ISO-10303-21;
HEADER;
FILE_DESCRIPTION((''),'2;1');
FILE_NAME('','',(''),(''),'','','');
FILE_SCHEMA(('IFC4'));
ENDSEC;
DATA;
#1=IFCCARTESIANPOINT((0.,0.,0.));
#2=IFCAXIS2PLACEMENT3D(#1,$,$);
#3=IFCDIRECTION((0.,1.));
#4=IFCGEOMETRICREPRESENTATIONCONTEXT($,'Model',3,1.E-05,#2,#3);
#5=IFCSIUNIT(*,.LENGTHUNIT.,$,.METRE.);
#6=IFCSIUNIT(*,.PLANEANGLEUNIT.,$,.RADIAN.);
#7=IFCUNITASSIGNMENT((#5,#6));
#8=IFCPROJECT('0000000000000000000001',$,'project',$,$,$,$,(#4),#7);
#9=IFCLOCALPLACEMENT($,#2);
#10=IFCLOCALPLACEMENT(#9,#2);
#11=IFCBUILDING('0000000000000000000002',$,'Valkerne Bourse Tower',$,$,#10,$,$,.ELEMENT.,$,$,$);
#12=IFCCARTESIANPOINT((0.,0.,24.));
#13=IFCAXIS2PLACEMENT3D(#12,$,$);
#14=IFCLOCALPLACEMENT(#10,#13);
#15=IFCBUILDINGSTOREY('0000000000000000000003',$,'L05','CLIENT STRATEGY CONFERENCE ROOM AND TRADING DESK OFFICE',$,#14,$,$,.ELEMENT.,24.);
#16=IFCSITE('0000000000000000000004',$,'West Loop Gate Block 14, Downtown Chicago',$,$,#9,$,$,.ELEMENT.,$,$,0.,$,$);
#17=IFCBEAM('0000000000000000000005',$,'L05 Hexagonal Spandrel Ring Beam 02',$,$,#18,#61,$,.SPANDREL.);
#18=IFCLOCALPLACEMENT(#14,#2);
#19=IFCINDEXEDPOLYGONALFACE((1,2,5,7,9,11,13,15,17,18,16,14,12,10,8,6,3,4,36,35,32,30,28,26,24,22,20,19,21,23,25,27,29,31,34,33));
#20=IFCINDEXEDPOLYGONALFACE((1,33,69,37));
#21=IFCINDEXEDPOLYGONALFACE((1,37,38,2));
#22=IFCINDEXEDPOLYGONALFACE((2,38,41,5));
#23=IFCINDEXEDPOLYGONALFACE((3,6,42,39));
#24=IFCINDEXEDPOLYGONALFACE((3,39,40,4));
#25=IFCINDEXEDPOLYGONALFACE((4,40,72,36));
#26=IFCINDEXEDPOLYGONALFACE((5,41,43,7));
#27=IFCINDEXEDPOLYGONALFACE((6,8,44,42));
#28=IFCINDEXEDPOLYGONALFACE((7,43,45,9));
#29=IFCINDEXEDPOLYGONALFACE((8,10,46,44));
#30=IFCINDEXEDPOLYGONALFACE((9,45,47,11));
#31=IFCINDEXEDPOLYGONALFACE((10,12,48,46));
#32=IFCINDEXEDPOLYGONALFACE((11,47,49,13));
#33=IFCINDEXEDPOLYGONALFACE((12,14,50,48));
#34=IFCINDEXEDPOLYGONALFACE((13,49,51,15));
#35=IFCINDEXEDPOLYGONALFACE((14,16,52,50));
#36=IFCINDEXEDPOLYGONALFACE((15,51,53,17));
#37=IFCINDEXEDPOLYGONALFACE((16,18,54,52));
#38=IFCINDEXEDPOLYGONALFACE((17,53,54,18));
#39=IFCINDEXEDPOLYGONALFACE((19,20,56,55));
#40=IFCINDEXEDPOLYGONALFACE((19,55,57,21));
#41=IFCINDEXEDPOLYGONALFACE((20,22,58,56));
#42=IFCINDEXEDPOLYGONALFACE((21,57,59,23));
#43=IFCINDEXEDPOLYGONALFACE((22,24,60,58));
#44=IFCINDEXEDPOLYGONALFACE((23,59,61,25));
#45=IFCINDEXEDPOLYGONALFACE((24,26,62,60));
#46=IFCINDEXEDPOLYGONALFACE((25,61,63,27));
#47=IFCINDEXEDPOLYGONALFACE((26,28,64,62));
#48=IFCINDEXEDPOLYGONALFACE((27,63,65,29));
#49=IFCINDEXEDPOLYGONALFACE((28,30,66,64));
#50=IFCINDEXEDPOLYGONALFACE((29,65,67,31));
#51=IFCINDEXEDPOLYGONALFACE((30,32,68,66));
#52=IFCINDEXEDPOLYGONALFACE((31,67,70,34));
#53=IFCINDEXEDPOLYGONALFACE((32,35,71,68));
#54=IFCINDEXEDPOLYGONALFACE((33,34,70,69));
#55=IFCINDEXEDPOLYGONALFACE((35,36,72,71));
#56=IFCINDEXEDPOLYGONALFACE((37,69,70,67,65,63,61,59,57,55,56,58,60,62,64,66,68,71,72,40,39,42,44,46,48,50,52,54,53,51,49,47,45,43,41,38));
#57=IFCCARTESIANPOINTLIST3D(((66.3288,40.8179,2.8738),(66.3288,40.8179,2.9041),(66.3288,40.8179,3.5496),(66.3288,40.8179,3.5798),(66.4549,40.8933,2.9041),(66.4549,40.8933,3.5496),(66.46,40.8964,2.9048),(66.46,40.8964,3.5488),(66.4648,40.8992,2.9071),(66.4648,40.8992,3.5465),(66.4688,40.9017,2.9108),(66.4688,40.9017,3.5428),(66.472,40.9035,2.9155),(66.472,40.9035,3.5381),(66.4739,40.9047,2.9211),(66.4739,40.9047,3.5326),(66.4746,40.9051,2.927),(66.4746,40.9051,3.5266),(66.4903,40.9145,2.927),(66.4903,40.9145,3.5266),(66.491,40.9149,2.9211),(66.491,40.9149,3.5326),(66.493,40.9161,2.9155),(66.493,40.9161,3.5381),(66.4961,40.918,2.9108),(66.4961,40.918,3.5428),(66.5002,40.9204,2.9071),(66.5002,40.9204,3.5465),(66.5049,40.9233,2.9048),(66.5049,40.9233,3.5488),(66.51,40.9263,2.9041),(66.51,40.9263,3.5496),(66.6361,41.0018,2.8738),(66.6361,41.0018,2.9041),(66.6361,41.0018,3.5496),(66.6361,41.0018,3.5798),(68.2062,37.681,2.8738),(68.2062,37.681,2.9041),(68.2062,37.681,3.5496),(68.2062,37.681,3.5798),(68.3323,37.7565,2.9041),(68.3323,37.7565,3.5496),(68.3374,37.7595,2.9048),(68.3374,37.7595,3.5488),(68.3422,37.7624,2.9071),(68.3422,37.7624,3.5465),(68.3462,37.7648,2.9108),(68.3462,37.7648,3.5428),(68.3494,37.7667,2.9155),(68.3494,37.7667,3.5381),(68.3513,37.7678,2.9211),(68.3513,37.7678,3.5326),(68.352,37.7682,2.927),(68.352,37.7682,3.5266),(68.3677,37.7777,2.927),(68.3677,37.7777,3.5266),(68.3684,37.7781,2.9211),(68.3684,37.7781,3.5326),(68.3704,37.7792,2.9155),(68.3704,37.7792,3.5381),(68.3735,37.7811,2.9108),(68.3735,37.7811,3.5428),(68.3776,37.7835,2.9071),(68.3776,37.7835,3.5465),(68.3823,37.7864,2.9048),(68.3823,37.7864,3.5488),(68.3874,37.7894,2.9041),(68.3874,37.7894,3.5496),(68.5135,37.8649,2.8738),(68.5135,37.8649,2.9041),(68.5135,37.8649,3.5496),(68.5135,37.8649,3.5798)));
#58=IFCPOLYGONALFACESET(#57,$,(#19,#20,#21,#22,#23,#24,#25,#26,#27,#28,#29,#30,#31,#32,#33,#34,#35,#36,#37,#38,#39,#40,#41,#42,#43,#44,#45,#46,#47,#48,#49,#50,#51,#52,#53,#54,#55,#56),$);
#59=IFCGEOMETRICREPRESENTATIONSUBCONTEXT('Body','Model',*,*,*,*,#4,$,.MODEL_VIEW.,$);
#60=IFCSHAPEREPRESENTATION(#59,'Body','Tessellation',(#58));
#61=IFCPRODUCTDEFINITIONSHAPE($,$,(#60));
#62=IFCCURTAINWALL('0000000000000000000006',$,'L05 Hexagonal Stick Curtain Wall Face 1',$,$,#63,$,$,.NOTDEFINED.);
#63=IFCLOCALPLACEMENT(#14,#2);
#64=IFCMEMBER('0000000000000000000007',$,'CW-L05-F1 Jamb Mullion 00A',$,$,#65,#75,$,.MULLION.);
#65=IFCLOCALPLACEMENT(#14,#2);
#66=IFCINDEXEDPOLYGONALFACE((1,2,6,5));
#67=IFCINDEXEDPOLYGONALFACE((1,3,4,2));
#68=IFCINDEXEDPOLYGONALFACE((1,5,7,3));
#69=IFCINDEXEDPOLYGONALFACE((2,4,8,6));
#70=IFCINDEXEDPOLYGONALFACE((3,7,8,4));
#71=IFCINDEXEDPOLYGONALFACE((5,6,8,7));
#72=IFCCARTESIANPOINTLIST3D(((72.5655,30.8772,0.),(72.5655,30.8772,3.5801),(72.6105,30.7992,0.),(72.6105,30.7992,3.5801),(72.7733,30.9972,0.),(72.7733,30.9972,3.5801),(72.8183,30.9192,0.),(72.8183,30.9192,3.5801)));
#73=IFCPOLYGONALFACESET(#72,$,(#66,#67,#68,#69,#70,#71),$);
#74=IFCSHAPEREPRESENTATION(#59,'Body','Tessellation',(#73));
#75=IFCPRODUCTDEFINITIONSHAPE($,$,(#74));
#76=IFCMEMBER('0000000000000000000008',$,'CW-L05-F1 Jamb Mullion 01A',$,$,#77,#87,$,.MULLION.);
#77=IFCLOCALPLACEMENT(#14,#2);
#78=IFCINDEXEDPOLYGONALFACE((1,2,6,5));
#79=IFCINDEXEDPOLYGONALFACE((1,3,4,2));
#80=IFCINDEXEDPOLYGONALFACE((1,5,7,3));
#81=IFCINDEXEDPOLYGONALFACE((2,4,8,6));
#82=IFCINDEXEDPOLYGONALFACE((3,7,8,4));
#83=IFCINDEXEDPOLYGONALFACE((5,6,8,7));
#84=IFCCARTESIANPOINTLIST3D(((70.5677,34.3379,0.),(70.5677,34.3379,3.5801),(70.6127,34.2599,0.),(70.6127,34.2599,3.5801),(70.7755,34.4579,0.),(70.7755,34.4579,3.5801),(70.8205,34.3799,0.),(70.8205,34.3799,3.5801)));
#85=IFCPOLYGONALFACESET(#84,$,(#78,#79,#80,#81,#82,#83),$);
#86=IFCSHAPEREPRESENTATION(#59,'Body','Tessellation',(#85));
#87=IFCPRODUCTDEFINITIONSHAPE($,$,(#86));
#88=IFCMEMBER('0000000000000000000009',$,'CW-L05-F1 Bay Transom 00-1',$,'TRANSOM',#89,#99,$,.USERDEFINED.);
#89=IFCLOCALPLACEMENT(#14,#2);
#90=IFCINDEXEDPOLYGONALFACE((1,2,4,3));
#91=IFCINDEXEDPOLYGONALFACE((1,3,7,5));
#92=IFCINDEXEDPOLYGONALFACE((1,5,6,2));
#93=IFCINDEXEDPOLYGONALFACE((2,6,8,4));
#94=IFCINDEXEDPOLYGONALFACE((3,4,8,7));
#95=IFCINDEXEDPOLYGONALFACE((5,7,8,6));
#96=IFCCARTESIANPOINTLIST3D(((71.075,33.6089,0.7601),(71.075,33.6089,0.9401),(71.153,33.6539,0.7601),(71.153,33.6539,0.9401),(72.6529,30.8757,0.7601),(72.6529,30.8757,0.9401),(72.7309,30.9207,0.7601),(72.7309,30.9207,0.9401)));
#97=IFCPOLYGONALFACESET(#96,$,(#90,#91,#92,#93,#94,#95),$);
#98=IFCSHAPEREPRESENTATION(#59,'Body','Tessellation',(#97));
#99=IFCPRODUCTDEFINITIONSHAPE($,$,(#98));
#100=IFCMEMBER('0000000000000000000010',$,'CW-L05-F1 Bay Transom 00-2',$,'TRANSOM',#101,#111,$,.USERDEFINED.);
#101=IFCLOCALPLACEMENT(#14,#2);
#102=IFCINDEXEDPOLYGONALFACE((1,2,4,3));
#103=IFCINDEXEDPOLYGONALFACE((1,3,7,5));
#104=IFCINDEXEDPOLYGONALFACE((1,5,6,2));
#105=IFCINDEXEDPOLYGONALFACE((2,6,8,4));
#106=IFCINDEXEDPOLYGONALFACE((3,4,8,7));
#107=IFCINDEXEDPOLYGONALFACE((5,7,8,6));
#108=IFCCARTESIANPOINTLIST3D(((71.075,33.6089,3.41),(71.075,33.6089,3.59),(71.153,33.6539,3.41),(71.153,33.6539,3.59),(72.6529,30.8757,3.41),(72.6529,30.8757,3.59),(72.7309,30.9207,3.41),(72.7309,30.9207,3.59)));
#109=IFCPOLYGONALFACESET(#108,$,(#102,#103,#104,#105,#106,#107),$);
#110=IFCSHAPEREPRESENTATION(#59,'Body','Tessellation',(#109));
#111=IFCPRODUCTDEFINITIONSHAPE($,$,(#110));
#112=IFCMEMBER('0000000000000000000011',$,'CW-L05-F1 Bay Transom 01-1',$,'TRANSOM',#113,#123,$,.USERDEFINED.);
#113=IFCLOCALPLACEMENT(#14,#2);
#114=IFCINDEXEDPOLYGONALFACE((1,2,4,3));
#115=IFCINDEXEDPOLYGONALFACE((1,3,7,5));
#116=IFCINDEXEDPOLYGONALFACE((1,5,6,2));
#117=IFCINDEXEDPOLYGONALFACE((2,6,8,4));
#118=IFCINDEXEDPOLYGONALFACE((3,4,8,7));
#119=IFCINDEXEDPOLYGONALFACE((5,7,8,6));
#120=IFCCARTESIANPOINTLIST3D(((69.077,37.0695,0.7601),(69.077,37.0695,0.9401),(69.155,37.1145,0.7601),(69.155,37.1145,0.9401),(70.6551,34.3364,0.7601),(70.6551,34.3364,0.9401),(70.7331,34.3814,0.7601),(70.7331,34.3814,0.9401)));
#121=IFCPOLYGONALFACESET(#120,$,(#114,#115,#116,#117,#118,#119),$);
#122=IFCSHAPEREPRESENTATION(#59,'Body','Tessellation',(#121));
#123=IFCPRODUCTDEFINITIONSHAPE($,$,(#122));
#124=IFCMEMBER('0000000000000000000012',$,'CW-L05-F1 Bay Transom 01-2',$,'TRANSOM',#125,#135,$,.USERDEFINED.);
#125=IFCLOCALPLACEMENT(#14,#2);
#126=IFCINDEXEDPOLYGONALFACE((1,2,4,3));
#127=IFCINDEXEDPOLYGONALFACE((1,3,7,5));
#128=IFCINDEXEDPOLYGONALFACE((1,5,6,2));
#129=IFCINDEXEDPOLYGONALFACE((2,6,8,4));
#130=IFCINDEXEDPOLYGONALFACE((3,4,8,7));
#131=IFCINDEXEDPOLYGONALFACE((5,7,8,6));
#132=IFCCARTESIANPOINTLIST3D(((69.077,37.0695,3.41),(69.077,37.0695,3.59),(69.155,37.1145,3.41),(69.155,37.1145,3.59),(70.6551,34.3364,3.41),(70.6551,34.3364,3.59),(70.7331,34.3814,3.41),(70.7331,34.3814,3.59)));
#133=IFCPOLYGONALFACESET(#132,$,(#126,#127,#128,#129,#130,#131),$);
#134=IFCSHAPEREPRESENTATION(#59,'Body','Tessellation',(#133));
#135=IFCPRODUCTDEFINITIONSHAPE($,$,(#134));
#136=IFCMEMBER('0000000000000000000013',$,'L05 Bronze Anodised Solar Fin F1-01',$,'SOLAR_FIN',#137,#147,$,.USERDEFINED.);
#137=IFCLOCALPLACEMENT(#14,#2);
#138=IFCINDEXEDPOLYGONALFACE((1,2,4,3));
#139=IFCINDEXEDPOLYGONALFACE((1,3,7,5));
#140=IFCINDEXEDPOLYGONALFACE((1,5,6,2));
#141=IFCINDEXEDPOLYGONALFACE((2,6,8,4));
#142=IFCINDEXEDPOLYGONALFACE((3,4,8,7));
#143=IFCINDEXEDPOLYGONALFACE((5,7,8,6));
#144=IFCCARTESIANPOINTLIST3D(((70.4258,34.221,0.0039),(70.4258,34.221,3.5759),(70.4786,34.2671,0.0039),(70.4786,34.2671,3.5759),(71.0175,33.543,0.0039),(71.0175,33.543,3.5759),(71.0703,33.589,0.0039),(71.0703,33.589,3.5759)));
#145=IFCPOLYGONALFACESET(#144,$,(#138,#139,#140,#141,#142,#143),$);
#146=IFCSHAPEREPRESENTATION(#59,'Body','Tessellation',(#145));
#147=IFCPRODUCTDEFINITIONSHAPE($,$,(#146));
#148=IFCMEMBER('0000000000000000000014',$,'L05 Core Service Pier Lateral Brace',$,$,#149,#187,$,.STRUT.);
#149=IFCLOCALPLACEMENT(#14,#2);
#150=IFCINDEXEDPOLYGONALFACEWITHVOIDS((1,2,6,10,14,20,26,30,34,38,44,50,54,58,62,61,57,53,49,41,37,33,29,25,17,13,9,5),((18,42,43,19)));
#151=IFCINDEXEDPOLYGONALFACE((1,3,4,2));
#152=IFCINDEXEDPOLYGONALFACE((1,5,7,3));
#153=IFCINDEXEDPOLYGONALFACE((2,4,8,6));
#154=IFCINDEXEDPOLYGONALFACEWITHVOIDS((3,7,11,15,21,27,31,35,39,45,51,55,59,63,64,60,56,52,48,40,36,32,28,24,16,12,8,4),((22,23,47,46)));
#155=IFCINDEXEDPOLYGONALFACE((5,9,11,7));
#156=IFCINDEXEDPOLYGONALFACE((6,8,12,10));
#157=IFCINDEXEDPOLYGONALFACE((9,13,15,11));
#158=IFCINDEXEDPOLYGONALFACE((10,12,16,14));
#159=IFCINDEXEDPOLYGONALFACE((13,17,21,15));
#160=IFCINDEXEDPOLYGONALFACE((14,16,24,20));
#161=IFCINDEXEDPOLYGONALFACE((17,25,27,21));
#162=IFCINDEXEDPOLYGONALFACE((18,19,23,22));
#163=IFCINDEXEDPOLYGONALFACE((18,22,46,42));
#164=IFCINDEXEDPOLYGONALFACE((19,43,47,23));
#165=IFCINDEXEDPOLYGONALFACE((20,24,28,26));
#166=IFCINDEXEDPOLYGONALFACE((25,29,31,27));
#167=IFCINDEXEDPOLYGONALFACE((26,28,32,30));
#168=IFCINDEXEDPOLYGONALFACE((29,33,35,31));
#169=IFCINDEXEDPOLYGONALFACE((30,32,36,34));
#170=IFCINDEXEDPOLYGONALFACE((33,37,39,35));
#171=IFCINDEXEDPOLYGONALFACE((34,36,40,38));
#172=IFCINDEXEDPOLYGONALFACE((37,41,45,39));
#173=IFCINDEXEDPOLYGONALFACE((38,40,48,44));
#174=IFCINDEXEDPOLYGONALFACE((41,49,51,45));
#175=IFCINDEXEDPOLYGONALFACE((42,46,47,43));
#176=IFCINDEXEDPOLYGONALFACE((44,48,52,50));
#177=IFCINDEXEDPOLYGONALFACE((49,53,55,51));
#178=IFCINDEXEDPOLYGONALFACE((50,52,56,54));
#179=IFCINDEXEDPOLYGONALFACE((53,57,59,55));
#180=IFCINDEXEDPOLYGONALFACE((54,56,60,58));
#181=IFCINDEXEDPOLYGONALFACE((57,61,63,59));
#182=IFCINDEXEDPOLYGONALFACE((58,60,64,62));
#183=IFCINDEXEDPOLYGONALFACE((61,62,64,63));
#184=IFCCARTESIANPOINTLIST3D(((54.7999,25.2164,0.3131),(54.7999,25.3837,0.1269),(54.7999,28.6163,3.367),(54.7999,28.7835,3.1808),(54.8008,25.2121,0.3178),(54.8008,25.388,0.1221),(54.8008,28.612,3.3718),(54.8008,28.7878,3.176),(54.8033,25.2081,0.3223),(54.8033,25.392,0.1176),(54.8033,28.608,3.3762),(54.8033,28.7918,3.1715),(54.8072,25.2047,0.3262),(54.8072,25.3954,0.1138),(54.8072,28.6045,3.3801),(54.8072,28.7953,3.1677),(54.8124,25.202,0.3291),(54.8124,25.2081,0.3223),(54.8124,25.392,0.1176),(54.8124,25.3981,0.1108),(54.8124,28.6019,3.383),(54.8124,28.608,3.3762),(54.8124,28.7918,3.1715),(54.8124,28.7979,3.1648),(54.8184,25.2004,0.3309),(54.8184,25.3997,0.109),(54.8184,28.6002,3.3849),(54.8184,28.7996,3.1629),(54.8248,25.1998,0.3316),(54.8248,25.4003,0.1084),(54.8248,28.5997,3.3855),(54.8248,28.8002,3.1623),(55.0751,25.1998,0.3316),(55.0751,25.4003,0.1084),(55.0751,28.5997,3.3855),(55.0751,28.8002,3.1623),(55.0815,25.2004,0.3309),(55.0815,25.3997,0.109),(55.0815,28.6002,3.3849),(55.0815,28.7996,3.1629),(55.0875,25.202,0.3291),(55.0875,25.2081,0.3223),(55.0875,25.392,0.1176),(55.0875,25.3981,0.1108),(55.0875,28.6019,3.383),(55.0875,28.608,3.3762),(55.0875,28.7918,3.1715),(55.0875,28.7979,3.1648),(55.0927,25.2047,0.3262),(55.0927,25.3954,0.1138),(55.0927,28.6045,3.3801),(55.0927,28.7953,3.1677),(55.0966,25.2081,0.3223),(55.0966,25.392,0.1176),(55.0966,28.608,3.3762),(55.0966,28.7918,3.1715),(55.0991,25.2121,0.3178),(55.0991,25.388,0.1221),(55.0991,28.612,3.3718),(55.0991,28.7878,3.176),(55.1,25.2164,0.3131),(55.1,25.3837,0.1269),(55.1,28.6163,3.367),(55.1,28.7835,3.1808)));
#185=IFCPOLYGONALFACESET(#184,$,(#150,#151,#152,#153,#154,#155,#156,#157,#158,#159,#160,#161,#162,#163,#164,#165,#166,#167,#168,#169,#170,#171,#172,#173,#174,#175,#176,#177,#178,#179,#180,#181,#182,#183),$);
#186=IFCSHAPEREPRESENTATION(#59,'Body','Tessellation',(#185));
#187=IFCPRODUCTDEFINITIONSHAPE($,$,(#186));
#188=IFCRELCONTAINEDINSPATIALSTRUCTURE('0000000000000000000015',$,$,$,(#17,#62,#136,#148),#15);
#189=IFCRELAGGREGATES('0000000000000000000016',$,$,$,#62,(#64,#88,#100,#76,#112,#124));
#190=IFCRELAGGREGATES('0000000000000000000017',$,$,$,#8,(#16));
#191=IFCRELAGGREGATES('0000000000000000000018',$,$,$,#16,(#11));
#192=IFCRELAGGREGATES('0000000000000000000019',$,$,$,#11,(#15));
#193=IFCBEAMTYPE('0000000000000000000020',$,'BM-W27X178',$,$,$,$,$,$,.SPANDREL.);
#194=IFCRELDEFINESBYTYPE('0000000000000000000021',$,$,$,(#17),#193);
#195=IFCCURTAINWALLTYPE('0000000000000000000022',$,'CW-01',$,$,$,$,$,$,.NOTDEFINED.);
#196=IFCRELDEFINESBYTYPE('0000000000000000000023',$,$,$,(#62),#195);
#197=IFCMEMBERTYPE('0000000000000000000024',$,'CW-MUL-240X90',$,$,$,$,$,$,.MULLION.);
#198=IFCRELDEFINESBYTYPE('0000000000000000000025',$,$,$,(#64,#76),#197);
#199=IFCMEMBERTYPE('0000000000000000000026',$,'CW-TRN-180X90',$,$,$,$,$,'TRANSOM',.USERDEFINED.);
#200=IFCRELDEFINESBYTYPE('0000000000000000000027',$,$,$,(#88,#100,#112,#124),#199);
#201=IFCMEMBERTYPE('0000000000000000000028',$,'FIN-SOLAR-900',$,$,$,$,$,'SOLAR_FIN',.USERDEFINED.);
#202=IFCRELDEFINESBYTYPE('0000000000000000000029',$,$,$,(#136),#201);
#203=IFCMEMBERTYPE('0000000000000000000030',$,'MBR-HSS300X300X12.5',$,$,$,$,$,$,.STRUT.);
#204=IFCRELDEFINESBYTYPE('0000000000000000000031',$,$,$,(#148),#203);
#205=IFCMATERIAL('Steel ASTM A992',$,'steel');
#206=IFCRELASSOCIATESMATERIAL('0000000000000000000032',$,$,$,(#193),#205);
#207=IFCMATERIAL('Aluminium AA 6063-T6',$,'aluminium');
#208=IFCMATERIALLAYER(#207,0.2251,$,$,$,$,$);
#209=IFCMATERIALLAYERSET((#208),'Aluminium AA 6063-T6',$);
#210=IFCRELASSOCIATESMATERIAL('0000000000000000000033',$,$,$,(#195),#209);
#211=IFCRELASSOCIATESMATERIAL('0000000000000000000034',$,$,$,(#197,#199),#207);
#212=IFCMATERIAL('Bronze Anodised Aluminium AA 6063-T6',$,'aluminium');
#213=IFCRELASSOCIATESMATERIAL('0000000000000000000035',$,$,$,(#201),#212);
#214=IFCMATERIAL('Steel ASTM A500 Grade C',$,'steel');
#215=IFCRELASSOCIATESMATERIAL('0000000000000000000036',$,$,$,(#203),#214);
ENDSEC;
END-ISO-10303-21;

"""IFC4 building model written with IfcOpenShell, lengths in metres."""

from ifc_helpers import new_model, si_unit, direction, frame, origin, origin_2d, place, context, subcontext, project, spatial, rectangle, hollow_rectangle, i_section, extrude, material, layer, layer_set, material_profile, profile_set, type_object, element, aggregate, save


model = new_model("IFC4")

# Units and contexts
model_context = context("Model", 3, precision=1e-05, world=origin(), true_north=direction((0.0, 1.0)))
body_context = subcontext(model_context, "Body", "Model", "MODEL_VIEW")
ifc_project = project(units=[si_unit("LENGTHUNIT", "METRE"), si_unit("PLANEANGLEUNIT", "RADIAN")], contexts=[model_context])

# Site, building, storey
site_placement = place(None, origin())
site = spatial("IfcSite", under=ifc_project, at=site_placement, Name="West Loop Gate Block 14, Downtown Chicago", CompositionType="ELEMENT", RefElevation=0.0)
building_placement = place(site_placement, origin())
building = spatial("IfcBuilding", under=site, at=building_placement, Name="Valkerne Bourse Tower", CompositionType="ELEMENT")
storey_placement = place(building_placement, frame((0.0, 0.0, 24.0)))
storey = spatial("IfcBuildingStorey", under=building, at=storey_placement, Name="L05", Description="CLIENT STRATEGY CONFERENCE ROOM AND TRADING DESK OFFICE", CompositionType="ELEMENT", Elevation=24.0)

# Beam
ifc_material_1 = material(Name="Steel ASTM A992", Category="steel")
ifc_material_profile_1 = material_profile(ifc_material_1, i_section(OverallWidth=0.3582, OverallDepth=0.7061, WebThickness=0.0183, FlangeThickness=0.0303, FilletRadius=0.0229, at=origin_2d()), Name="W27X178")
ifc_profile_set_1 = profile_set([ifc_material_profile_1], Name="Steel ASTM A992")
beam_type_1 = type_object("IfcBeamType", Name="BM-W27X178", PredefinedType="SPANDREL", material=ifc_profile_set_1)
beam_1_placement = place(storey_placement, frame((68.3599, 37.7729, 3.2268), z_axis=(-0.513543, 0.858064, 0.0), x_axis=(-0.858064, -0.513543, 0.0)))
element("IfcBeam", 1, at=beam_1_placement, inside=storey, type_object=beam_type_1, Name="L05 Hexagonal Spandrel Ring Beam 02", PredefinedType="SPANDREL", context=body_context, shape_type="SweptSolid", body=[
    extrude(i_section(OverallWidth=0.3582, OverallDepth=0.7061, WebThickness=0.0183, FlangeThickness=0.0303, FilletRadius=0.0229, at=origin_2d()), origin(), (0.0, 0.0, 1.0), 3.6558),
])

# Curtain wall, members
ifc_material_2 = material(Name="Aluminium AA 6063-T6", Category="aluminium")
ifc_layer_1 = layer(ifc_material_2, 0.2251)
ifc_layer_set_1 = layer_set([ifc_layer_1], Name="Aluminium AA 6063-T6")
curtain_wall_type = type_object("IfcCurtainWallType", Name="CW-01", PredefinedType="NOTDEFINED", material=ifc_layer_set_1)
curtain_wall_placement = place(storey_placement, origin())
curtain_wall = element("IfcCurtainWall", 2, at=curtain_wall_placement, inside=storey, type_object=curtain_wall_type, Name="L05 Hexagonal Stick Curtain Wall Face 1", PredefinedType="NOTDEFINED")
ifc_material_profile_2 = material_profile(ifc_material_2, rectangle(XDim=0.0901, YDim=0.24, at=origin_2d()), Name="CWM-90X240")
ifc_profile_set_2 = profile_set([ifc_material_profile_2], Name="Aluminium AA 6063-T6")
member_type_1 = type_object("IfcMemberType", Name="CW-MUL-240X90", PredefinedType="MULLION", material=ifc_profile_set_2)
member_1_placement = place(storey_placement, frame((72.6919, 30.8982, 0.0), z_axis=(0.0, 0.0, 1.0), x_axis=(-0.500004, 0.866023, 0.0)))
member_1 = element("IfcMember", 3, at=member_1_placement, type_object=member_type_1, Name="CW-L05-F1 Jamb Mullion 00A", PredefinedType="MULLION", context=body_context, shape_type="SweptSolid", body=[
    extrude(rectangle(XDim=0.0901, YDim=0.24, at=origin_2d()), origin(), (0.0, 0.0, 1.0), 3.5801),
])
member_2_placement = place(storey_placement, frame((70.6941, 34.3589, 0.0), z_axis=(0.0, 0.0, 1.0), x_axis=(-0.499993, 0.866029, 0.0)))
member_2 = element("IfcMember", 4, at=member_2_placement, type_object=member_type_1, Name="CW-L05-F1 Jamb Mullion 01A", PredefinedType="MULLION", context=body_context, shape_type="SweptSolid", body=[
    extrude(rectangle(XDim=0.0901, YDim=0.24, at=origin_2d()), origin(), (0.0, 0.0, 1.0), 3.5801),
])
ifc_material_profile_3 = material_profile(ifc_material_2, rectangle(XDim=0.0901, YDim=0.1799, at=origin_2d()), Name="CWT-90X180")
ifc_profile_set_3 = profile_set([ifc_material_profile_3], Name="Aluminium AA 6063-T6")
member_type_2 = type_object("IfcMemberType", Name="CW-TRN-180X90", ElementType="TRANSOM", PredefinedType="USERDEFINED", material=ifc_profile_set_3)
member_3_placement = place(storey_placement, frame((72.6919, 30.8982, 0.8501), z_axis=(-0.499975, 0.86604, 0.0), x_axis=(-0.86604, -0.499975, 0.0)))
member_3 = element("IfcMember", 5, at=member_3_placement, type_object=member_type_2, Name="CW-L05-F1 Bay Transom 00-1", ObjectType="TRANSOM", PredefinedType="USERDEFINED", context=body_context, shape_type="SweptSolid", body=[
    extrude(rectangle(XDim=0.0901, YDim=0.1799, at=origin_2d()), origin(), (0.0, 0.0, 1.0), 3.156),
])
member_4_placement = place(storey_placement, frame((72.6919, 30.8982, 3.5), z_axis=(-0.499975, 0.86604, 0.0), x_axis=(-0.86604, -0.499975, 0.0)))
member_4 = element("IfcMember", 6, at=member_4_placement, type_object=member_type_2, Name="CW-L05-F1 Bay Transom 00-2", ObjectType="TRANSOM", PredefinedType="USERDEFINED", context=body_context, shape_type="SweptSolid", body=[
    extrude(rectangle(XDim=0.0901, YDim=0.1799, at=origin_2d()), origin(), (0.0, 0.0, 1.0), 3.156),
])
member_5_placement = place(storey_placement, frame((70.6941, 34.3589, 0.8501), z_axis=(-0.500033, 0.866007, 0.0), x_axis=(-0.866007, -0.500033, 0.0)))
member_5 = element("IfcMember", 7, at=member_5_placement, type_object=member_type_2, Name="CW-L05-F1 Bay Transom 01-1", ObjectType="TRANSOM", PredefinedType="USERDEFINED", context=body_context, shape_type="SweptSolid", body=[
    extrude(rectangle(XDim=0.0901, YDim=0.1799, at=origin_2d()), origin(), (0.0, 0.0, 1.0), 3.156),
])
member_6_placement = place(storey_placement, frame((70.6941, 34.3589, 3.5), z_axis=(-0.500033, 0.866007, 0.0), x_axis=(-0.866007, -0.500033, 0.0)))
member_6 = element("IfcMember", 8, at=member_6_placement, type_object=member_type_2, Name="CW-L05-F1 Bay Transom 01-2", ObjectType="TRANSOM", PredefinedType="USERDEFINED", context=body_context, shape_type="SweptSolid", body=[
    extrude(rectangle(XDim=0.0901, YDim=0.1799, at=origin_2d()), origin(), (0.0, 0.0, 1.0), 3.156),
])

# Members
ifc_material_3 = material(Name="Bronze Anodised Aluminium AA 6063-T6", Category="aluminium")
ifc_material_profile_4 = material_profile(ifc_material_3, rectangle(XDim=0.0701, YDim=0.8999, at=origin_2d()), Name="FIN-70X900")
ifc_profile_set_4 = profile_set([ifc_material_profile_4], Name="Bronze Anodised Aluminium AA 6063-T6")
member_type_3 = type_object("IfcMemberType", Name="FIN-SOLAR-900", ElementType="SOLAR_FIN", PredefinedType="USERDEFINED", material=ifc_profile_set_4)
member_7_placement = place(storey_placement, frame((70.748, 33.905, 0.0039), z_axis=(0.0, 0.0, 1.0), x_axis=(0.753488, 0.657462, 0.0)))
element("IfcMember", 9, at=member_7_placement, inside=storey, type_object=member_type_3, Name="L05 Bronze Anodised Solar Fin F1-01", ObjectType="SOLAR_FIN", PredefinedType="USERDEFINED", context=body_context, shape_type="SweptSolid", body=[
    extrude(rectangle(XDim=0.0701, YDim=0.8999, at=origin_2d()), origin(), (0.0, 0.0, 1.0), 3.572),
])
ifc_material_4 = material(Name="Steel ASTM A500 Grade C", Category="steel")
ifc_material_profile_5 = material_profile(ifc_material_4, hollow_rectangle(XDim=0.3, YDim=0.3, WallThickness=0.0125, OuterFilletRadius=0.0249, at=origin_2d()), Name="HSS300X300X12.5")
ifc_profile_set_5 = profile_set([ifc_material_profile_5], Name="Steel ASTM A500 Grade C")
member_type_4 = type_object("IfcMemberType", Name="MBR-HSS300X300X12.5", PredefinedType="STRUT", material=ifc_profile_set_5)
member_8_placement = place(storey_placement, frame((54.95, 25.3, 0.22), z_axis=(0.0, 0.743942, 0.668244), x_axis=(-1.0, 0.0, 0.0)))
element("IfcMember", 10, at=member_8_placement, inside=storey, type_object=member_type_4, Name="L05 Core Service Pier Lateral Brace", PredefinedType="STRUT", context=body_context, shape_type="SweptSolid", body=[
    extrude(hollow_rectangle(XDim=0.3, YDim=0.3, WallThickness=0.0125, OuterFilletRadius=0.0249, at=origin_2d()), origin(), (0.0, 0.0, 1.0), 4.5701),
])

aggregate(curtain_wall, [member_1, member_3, member_4, member_2, member_5, member_6])

save(model, "model.ifc")
